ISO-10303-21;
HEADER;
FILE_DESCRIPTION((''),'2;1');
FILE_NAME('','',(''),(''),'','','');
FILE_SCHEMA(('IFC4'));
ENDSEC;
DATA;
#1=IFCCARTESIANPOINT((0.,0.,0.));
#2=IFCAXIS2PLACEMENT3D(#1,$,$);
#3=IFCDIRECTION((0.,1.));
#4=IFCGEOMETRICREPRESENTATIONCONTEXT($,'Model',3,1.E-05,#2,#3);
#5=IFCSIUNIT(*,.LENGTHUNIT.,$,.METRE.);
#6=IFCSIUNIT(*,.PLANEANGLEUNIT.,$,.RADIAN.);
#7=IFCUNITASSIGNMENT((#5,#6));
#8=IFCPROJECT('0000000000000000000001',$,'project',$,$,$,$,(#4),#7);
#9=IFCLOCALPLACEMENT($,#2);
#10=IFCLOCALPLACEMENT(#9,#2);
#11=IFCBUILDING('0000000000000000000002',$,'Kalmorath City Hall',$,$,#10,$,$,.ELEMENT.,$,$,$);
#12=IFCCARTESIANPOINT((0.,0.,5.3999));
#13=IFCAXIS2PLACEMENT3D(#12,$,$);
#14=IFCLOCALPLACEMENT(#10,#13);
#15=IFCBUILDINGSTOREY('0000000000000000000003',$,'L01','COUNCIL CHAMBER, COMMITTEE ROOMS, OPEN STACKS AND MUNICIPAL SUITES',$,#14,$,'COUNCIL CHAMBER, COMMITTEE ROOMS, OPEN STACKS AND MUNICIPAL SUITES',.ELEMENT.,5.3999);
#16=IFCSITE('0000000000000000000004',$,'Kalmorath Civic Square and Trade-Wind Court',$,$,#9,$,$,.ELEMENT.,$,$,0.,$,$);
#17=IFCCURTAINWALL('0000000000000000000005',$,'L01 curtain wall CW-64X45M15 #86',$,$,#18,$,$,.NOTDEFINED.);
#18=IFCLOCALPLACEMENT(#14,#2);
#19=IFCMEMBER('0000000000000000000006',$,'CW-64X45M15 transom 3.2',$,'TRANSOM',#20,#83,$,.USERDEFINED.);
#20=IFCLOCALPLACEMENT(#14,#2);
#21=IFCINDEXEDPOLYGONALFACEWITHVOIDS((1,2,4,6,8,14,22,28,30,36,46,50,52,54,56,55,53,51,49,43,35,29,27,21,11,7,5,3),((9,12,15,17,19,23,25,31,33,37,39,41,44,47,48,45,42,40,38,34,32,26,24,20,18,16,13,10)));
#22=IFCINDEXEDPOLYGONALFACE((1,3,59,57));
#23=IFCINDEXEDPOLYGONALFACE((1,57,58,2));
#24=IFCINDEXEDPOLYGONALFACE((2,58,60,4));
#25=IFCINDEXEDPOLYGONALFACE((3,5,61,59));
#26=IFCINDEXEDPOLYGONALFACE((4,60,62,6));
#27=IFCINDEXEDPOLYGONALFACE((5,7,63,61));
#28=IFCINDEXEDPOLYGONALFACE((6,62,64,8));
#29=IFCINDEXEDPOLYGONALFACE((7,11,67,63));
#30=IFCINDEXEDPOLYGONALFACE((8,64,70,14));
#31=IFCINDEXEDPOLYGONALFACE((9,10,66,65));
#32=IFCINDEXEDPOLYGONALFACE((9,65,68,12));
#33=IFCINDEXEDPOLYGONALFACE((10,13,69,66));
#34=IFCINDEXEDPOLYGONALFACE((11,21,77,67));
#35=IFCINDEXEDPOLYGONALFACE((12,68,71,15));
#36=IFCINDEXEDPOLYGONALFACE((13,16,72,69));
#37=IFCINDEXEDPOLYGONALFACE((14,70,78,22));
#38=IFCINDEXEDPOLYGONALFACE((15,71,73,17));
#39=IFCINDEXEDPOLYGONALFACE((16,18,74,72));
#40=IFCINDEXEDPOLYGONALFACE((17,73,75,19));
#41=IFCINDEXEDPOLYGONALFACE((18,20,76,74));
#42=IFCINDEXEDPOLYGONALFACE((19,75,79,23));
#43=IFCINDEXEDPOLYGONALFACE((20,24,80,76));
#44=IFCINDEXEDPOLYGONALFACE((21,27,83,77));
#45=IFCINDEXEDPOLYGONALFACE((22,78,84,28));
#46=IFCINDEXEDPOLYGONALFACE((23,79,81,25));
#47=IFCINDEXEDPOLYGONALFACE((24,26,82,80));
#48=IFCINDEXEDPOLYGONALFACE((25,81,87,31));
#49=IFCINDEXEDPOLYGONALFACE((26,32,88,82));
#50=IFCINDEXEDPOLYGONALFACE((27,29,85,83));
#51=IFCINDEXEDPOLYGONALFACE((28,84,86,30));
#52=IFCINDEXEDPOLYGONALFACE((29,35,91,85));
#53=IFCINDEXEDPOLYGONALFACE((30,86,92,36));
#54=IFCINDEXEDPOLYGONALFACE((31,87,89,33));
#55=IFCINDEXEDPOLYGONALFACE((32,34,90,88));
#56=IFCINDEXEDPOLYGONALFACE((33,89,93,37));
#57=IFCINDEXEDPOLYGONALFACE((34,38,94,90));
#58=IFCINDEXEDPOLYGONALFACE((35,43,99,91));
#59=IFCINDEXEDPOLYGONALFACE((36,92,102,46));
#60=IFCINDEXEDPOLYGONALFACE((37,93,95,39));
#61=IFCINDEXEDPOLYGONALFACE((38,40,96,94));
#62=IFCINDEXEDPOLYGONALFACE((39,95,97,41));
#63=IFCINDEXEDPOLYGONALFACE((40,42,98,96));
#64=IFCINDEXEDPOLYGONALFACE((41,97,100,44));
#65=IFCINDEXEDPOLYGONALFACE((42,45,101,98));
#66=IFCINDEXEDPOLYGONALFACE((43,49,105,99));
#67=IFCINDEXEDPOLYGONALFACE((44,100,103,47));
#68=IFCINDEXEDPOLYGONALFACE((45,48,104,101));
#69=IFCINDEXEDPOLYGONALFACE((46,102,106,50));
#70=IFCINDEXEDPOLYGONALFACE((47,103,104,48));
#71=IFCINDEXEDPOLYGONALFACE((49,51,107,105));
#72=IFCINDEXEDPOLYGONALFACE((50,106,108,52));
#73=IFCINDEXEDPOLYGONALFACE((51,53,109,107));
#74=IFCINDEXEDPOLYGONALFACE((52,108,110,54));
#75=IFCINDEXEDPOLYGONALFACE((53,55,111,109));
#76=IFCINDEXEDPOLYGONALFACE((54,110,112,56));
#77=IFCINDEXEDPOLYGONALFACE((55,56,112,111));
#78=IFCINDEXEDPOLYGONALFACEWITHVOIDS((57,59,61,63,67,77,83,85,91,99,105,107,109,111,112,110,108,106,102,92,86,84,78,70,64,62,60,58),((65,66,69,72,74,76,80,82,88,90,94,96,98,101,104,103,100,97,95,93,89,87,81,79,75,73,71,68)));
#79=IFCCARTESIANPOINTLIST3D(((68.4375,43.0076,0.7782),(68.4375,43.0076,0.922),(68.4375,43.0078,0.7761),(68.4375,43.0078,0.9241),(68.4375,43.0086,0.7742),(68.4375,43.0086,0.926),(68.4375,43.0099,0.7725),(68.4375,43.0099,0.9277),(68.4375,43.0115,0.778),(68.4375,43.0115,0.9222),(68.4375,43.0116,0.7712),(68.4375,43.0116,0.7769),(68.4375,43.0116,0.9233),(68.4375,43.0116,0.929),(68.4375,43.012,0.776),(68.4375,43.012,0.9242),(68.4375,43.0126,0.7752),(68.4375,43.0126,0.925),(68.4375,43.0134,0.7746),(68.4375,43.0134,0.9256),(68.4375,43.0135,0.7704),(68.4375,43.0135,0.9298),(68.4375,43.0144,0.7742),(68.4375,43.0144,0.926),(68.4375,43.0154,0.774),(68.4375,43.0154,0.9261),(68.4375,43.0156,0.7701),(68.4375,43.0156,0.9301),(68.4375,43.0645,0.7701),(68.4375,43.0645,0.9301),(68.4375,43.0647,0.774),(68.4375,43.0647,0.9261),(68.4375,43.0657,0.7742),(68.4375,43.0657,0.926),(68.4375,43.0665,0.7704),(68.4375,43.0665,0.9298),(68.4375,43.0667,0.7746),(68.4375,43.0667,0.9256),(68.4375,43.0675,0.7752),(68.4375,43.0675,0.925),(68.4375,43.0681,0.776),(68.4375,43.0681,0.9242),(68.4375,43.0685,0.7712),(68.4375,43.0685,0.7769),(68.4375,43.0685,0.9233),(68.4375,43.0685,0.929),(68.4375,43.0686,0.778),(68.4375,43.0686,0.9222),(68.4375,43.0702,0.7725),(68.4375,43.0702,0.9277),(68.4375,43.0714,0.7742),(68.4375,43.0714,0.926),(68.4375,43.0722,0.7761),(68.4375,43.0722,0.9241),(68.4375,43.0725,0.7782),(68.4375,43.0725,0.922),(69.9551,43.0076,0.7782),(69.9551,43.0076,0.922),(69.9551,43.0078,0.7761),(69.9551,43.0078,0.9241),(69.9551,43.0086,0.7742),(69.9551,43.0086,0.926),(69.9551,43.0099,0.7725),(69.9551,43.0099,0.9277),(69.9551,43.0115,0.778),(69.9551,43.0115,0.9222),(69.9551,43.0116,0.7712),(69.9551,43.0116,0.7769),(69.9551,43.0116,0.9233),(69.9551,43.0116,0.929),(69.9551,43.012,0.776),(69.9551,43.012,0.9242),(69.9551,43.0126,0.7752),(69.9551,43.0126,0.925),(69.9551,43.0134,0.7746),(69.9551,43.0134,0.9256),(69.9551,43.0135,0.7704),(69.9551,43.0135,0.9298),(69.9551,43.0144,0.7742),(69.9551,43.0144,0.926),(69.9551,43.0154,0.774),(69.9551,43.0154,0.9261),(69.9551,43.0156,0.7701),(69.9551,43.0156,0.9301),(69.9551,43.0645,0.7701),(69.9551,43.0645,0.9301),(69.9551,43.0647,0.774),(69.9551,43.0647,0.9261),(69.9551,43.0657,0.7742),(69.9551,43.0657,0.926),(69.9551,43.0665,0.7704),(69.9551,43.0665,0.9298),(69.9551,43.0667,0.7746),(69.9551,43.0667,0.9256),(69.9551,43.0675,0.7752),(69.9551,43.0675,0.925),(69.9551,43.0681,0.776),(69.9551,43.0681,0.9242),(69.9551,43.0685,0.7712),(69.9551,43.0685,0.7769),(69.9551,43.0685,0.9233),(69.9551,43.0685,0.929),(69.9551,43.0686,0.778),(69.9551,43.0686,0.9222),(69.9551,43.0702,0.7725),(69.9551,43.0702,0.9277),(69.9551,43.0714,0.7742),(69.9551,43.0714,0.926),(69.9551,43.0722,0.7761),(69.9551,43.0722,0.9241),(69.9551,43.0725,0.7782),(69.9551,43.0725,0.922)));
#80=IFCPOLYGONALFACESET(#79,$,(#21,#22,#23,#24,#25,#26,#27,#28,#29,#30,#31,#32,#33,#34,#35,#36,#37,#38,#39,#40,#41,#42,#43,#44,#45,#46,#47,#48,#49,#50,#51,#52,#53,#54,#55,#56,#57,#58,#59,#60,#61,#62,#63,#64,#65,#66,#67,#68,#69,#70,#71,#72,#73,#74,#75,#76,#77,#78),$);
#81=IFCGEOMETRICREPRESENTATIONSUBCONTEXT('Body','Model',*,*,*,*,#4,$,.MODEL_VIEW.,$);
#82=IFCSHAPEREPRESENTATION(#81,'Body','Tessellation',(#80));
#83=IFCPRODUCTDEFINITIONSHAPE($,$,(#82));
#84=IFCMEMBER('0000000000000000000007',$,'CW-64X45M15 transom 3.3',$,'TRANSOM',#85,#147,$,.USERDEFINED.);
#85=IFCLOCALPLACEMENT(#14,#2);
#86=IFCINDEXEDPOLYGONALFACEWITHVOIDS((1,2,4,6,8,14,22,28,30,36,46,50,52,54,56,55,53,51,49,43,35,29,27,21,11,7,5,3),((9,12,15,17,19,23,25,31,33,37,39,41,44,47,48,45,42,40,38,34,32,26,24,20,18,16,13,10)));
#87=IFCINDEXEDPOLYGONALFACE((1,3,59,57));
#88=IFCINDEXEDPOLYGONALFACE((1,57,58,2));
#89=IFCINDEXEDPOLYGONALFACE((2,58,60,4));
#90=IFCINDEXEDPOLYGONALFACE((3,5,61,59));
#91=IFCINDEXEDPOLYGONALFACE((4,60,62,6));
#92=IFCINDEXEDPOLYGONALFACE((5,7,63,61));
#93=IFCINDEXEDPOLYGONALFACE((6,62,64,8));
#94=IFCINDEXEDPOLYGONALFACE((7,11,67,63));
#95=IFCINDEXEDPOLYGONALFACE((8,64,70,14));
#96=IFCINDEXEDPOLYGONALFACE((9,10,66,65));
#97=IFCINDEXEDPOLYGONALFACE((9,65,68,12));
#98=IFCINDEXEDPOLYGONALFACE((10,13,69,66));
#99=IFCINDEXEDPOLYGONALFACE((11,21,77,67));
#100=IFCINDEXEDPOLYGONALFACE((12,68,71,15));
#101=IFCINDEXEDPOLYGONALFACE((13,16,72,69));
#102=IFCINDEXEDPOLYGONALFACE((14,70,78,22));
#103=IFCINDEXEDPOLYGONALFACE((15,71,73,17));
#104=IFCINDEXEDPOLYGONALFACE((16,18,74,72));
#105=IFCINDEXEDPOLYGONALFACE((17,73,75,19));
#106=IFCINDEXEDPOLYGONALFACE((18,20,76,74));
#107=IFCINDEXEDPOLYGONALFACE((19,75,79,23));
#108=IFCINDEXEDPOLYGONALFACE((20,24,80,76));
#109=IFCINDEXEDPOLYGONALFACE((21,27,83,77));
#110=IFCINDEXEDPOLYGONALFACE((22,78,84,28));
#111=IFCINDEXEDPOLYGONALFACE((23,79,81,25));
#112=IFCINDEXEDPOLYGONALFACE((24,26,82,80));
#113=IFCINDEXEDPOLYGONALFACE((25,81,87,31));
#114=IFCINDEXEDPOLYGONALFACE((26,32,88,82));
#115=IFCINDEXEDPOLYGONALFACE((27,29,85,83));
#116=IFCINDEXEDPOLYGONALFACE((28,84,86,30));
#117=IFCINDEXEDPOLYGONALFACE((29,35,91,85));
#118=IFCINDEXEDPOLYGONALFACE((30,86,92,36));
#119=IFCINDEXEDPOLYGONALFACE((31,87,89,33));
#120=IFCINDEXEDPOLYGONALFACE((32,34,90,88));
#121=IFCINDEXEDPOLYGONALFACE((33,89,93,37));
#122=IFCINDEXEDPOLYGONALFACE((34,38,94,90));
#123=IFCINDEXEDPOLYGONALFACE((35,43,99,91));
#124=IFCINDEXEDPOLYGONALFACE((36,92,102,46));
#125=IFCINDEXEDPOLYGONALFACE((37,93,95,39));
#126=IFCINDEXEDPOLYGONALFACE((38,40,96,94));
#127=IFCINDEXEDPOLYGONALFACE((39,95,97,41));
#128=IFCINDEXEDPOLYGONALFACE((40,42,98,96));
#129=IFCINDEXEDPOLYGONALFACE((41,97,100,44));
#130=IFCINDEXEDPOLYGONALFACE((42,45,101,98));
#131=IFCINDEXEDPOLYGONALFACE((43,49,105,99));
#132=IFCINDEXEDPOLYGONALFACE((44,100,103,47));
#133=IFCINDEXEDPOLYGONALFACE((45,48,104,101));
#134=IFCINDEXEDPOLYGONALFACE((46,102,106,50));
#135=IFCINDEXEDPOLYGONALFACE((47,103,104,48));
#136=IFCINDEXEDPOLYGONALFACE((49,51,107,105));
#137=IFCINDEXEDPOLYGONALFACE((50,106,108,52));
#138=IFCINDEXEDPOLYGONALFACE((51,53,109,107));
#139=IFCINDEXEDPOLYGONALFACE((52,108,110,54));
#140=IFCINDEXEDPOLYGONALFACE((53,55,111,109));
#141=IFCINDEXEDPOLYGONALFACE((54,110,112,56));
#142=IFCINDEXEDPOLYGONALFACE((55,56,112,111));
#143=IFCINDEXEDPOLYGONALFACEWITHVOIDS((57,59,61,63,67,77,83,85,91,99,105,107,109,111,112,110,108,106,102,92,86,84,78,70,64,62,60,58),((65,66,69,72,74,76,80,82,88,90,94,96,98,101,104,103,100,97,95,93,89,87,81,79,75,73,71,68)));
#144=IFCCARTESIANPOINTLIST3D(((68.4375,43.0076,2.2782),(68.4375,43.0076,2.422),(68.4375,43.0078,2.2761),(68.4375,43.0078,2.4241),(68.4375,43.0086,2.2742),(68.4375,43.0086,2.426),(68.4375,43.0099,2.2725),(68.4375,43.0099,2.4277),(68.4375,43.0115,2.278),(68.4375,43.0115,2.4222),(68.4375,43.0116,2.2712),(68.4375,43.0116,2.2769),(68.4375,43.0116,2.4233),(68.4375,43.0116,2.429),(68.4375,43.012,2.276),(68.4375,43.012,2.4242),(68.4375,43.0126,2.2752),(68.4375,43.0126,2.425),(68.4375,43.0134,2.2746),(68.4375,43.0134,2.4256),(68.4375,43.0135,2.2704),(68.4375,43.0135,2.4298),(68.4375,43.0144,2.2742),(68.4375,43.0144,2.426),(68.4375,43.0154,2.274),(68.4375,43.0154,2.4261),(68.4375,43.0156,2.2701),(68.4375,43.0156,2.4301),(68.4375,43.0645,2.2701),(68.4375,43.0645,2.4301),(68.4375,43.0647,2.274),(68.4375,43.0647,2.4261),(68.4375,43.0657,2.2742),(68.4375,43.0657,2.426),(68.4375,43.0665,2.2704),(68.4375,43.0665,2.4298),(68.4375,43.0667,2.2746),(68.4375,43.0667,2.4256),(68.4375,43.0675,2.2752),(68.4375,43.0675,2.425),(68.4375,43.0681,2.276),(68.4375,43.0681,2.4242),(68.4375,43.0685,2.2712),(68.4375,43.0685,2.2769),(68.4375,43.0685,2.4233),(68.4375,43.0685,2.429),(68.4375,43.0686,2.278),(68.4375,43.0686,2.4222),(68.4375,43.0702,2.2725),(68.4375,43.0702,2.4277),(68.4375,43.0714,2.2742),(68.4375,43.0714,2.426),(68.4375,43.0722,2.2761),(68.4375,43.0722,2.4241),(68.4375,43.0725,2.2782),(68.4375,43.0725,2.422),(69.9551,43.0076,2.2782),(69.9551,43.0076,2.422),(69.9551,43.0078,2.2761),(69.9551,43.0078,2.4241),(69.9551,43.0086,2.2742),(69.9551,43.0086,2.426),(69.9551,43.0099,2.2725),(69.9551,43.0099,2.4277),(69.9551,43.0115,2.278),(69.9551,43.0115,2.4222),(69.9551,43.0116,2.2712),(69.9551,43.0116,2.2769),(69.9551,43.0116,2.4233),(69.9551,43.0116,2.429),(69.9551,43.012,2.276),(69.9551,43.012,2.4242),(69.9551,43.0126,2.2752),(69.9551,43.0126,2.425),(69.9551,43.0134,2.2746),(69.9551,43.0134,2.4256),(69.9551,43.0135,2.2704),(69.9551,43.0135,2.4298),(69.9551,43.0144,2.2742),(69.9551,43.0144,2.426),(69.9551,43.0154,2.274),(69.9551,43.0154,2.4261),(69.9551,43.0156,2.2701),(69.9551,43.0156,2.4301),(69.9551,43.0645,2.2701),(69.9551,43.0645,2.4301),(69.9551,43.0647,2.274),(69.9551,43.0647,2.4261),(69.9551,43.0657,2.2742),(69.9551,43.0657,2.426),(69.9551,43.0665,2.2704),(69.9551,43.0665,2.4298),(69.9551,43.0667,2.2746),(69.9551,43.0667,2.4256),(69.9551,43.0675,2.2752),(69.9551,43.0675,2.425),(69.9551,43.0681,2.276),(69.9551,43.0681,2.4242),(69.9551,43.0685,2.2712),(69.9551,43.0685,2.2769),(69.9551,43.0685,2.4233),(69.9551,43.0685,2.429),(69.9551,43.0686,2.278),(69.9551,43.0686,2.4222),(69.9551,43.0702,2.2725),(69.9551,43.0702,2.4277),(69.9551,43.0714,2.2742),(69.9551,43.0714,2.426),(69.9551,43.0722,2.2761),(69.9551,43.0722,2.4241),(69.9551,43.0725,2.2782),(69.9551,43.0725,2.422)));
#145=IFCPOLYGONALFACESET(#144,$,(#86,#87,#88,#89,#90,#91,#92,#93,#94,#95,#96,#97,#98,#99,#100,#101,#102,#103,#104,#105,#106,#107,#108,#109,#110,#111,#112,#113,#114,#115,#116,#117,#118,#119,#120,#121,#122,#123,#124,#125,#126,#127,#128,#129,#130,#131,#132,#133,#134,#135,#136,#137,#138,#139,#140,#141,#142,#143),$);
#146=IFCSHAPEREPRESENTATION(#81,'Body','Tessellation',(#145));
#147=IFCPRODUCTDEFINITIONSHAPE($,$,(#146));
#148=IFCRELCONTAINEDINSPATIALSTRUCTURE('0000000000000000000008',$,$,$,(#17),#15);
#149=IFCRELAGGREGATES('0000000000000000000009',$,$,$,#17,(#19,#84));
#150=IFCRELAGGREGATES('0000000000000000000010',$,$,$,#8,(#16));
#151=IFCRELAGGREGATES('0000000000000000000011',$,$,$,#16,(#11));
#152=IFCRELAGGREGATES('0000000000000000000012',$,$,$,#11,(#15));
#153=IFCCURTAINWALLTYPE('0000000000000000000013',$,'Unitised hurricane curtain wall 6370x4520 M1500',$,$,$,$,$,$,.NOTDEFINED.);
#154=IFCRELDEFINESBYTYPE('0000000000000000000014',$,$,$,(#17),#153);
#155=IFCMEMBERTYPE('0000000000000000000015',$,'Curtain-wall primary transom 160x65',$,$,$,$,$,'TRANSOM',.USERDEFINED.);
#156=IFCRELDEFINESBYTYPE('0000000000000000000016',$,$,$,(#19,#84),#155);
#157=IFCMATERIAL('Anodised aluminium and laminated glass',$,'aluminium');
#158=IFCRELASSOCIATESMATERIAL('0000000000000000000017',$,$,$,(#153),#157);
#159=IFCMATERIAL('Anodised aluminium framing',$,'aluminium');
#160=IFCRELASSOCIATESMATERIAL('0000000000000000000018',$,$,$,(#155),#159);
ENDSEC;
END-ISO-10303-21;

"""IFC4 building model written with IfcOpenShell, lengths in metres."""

from ifc_helpers import new_model, si_unit, direction, frame, origin, origin_2d, place, context, subcontext, project, spatial, hollow_rectangle, extrude, material, material_profile, profile_set, type_object, element, aggregate, save


model = new_model("IFC4")

# Units and contexts
model_context = context("Model", 3, precision=1e-05, world=origin(), true_north=direction((0.0, 1.0)))
body_context = subcontext(model_context, "Body", "Model", "MODEL_VIEW")
ifc_project = project(units=[si_unit("LENGTHUNIT", "METRE"), si_unit("PLANEANGLEUNIT", "RADIAN")], contexts=[model_context])

# Site, building, storey
site_placement = place(None, origin())
site = spatial("IfcSite", under=ifc_project, at=site_placement, Name="Kalmorath Civic Square and Trade-Wind Court", CompositionType="ELEMENT", RefElevation=0.0)
building_placement = place(site_placement, origin())
building = spatial("IfcBuilding", under=site, at=building_placement, Name="Kalmorath City Hall", CompositionType="ELEMENT")
storey_placement = place(building_placement, frame((0.0, 0.0, 5.3999)))
storey = spatial("IfcBuildingStorey", under=building, at=storey_placement, Name="L01", Description="COUNCIL CHAMBER, COMMITTEE ROOMS, OPEN STACKS AND MUNICIPAL SUITES", LongName="COUNCIL CHAMBER, COMMITTEE ROOMS, OPEN STACKS AND MUNICIPAL SUITES", CompositionType="ELEMENT", Elevation=5.3999)

# Curtain wall, members
ifc_material_1 = material(Name="Anodised aluminium and laminated glass", Category="aluminium")
curtain_wall_type = type_object("IfcCurtainWallType", Name="Unitised hurricane curtain wall 6370x4520 M1500", PredefinedType="NOTDEFINED", material=ifc_material_1)
curtain_wall_placement = place(storey_placement, origin())
curtain_wall = element("IfcCurtainWall", 1, at=curtain_wall_placement, inside=storey, type_object=curtain_wall_type, Name="L01 curtain wall CW-64X45M15 #86", PredefinedType="NOTDEFINED")
ifc_material_2 = material(Name="Anodised aluminium framing", Category="aluminium")
ifc_material_profile_1 = material_profile(ifc_material_2, hollow_rectangle(XDim=0.0649, YDim=0.1599, WallThickness=0.0039, InnerFilletRadius=0.0039, OuterFilletRadius=0.0081, at=origin_2d()), Name="ALU-TRN-160X65X4")
ifc_profile_set_1 = profile_set([ifc_material_profile_1], Name="Anodised aluminium framing")
member_type_1 = type_object("IfcMemberType", Name="Curtain-wall primary transom 160x65", ElementType="TRANSOM", PredefinedType="USERDEFINED", material=ifc_profile_set_1)
member_1_placement = place(storey_placement, frame((68.4375, 43.04, 0.8501), z_axis=(1.0, 0.0, 0.0), x_axis=(0.0, 1.0, 0.0)))
member_1 = element("IfcMember", 2, at=member_1_placement, type_object=member_type_1, Name="CW-64X45M15 transom 3.2", ObjectType="TRANSOM", PredefinedType="USERDEFINED", context=body_context, shape_type="SweptSolid", body=[
    extrude(hollow_rectangle(XDim=0.0649, YDim=0.1599, WallThickness=0.0039, InnerFilletRadius=0.0039, OuterFilletRadius=0.0081, at=origin_2d()), origin(), (0.0, 0.0, 1.0), 1.5176),
])
member_2_placement = place(storey_placement, frame((68.4375, 43.04, 2.3501), z_axis=(1.0, 0.0, 0.0), x_axis=(0.0, 1.0, 0.0)))
member_2 = element("IfcMember", 3, at=member_2_placement, type_object=member_type_1, Name="CW-64X45M15 transom 3.3", ObjectType="TRANSOM", PredefinedType="USERDEFINED", context=body_context, shape_type="SweptSolid", body=[
    extrude(hollow_rectangle(XDim=0.0649, YDim=0.1599, WallThickness=0.0039, InnerFilletRadius=0.0039, OuterFilletRadius=0.0081, at=origin_2d()), origin(), (0.0, 0.0, 1.0), 1.5176),
])
aggregate(curtain_wall, [member_1, member_2])

save(model, "model.ifc")
